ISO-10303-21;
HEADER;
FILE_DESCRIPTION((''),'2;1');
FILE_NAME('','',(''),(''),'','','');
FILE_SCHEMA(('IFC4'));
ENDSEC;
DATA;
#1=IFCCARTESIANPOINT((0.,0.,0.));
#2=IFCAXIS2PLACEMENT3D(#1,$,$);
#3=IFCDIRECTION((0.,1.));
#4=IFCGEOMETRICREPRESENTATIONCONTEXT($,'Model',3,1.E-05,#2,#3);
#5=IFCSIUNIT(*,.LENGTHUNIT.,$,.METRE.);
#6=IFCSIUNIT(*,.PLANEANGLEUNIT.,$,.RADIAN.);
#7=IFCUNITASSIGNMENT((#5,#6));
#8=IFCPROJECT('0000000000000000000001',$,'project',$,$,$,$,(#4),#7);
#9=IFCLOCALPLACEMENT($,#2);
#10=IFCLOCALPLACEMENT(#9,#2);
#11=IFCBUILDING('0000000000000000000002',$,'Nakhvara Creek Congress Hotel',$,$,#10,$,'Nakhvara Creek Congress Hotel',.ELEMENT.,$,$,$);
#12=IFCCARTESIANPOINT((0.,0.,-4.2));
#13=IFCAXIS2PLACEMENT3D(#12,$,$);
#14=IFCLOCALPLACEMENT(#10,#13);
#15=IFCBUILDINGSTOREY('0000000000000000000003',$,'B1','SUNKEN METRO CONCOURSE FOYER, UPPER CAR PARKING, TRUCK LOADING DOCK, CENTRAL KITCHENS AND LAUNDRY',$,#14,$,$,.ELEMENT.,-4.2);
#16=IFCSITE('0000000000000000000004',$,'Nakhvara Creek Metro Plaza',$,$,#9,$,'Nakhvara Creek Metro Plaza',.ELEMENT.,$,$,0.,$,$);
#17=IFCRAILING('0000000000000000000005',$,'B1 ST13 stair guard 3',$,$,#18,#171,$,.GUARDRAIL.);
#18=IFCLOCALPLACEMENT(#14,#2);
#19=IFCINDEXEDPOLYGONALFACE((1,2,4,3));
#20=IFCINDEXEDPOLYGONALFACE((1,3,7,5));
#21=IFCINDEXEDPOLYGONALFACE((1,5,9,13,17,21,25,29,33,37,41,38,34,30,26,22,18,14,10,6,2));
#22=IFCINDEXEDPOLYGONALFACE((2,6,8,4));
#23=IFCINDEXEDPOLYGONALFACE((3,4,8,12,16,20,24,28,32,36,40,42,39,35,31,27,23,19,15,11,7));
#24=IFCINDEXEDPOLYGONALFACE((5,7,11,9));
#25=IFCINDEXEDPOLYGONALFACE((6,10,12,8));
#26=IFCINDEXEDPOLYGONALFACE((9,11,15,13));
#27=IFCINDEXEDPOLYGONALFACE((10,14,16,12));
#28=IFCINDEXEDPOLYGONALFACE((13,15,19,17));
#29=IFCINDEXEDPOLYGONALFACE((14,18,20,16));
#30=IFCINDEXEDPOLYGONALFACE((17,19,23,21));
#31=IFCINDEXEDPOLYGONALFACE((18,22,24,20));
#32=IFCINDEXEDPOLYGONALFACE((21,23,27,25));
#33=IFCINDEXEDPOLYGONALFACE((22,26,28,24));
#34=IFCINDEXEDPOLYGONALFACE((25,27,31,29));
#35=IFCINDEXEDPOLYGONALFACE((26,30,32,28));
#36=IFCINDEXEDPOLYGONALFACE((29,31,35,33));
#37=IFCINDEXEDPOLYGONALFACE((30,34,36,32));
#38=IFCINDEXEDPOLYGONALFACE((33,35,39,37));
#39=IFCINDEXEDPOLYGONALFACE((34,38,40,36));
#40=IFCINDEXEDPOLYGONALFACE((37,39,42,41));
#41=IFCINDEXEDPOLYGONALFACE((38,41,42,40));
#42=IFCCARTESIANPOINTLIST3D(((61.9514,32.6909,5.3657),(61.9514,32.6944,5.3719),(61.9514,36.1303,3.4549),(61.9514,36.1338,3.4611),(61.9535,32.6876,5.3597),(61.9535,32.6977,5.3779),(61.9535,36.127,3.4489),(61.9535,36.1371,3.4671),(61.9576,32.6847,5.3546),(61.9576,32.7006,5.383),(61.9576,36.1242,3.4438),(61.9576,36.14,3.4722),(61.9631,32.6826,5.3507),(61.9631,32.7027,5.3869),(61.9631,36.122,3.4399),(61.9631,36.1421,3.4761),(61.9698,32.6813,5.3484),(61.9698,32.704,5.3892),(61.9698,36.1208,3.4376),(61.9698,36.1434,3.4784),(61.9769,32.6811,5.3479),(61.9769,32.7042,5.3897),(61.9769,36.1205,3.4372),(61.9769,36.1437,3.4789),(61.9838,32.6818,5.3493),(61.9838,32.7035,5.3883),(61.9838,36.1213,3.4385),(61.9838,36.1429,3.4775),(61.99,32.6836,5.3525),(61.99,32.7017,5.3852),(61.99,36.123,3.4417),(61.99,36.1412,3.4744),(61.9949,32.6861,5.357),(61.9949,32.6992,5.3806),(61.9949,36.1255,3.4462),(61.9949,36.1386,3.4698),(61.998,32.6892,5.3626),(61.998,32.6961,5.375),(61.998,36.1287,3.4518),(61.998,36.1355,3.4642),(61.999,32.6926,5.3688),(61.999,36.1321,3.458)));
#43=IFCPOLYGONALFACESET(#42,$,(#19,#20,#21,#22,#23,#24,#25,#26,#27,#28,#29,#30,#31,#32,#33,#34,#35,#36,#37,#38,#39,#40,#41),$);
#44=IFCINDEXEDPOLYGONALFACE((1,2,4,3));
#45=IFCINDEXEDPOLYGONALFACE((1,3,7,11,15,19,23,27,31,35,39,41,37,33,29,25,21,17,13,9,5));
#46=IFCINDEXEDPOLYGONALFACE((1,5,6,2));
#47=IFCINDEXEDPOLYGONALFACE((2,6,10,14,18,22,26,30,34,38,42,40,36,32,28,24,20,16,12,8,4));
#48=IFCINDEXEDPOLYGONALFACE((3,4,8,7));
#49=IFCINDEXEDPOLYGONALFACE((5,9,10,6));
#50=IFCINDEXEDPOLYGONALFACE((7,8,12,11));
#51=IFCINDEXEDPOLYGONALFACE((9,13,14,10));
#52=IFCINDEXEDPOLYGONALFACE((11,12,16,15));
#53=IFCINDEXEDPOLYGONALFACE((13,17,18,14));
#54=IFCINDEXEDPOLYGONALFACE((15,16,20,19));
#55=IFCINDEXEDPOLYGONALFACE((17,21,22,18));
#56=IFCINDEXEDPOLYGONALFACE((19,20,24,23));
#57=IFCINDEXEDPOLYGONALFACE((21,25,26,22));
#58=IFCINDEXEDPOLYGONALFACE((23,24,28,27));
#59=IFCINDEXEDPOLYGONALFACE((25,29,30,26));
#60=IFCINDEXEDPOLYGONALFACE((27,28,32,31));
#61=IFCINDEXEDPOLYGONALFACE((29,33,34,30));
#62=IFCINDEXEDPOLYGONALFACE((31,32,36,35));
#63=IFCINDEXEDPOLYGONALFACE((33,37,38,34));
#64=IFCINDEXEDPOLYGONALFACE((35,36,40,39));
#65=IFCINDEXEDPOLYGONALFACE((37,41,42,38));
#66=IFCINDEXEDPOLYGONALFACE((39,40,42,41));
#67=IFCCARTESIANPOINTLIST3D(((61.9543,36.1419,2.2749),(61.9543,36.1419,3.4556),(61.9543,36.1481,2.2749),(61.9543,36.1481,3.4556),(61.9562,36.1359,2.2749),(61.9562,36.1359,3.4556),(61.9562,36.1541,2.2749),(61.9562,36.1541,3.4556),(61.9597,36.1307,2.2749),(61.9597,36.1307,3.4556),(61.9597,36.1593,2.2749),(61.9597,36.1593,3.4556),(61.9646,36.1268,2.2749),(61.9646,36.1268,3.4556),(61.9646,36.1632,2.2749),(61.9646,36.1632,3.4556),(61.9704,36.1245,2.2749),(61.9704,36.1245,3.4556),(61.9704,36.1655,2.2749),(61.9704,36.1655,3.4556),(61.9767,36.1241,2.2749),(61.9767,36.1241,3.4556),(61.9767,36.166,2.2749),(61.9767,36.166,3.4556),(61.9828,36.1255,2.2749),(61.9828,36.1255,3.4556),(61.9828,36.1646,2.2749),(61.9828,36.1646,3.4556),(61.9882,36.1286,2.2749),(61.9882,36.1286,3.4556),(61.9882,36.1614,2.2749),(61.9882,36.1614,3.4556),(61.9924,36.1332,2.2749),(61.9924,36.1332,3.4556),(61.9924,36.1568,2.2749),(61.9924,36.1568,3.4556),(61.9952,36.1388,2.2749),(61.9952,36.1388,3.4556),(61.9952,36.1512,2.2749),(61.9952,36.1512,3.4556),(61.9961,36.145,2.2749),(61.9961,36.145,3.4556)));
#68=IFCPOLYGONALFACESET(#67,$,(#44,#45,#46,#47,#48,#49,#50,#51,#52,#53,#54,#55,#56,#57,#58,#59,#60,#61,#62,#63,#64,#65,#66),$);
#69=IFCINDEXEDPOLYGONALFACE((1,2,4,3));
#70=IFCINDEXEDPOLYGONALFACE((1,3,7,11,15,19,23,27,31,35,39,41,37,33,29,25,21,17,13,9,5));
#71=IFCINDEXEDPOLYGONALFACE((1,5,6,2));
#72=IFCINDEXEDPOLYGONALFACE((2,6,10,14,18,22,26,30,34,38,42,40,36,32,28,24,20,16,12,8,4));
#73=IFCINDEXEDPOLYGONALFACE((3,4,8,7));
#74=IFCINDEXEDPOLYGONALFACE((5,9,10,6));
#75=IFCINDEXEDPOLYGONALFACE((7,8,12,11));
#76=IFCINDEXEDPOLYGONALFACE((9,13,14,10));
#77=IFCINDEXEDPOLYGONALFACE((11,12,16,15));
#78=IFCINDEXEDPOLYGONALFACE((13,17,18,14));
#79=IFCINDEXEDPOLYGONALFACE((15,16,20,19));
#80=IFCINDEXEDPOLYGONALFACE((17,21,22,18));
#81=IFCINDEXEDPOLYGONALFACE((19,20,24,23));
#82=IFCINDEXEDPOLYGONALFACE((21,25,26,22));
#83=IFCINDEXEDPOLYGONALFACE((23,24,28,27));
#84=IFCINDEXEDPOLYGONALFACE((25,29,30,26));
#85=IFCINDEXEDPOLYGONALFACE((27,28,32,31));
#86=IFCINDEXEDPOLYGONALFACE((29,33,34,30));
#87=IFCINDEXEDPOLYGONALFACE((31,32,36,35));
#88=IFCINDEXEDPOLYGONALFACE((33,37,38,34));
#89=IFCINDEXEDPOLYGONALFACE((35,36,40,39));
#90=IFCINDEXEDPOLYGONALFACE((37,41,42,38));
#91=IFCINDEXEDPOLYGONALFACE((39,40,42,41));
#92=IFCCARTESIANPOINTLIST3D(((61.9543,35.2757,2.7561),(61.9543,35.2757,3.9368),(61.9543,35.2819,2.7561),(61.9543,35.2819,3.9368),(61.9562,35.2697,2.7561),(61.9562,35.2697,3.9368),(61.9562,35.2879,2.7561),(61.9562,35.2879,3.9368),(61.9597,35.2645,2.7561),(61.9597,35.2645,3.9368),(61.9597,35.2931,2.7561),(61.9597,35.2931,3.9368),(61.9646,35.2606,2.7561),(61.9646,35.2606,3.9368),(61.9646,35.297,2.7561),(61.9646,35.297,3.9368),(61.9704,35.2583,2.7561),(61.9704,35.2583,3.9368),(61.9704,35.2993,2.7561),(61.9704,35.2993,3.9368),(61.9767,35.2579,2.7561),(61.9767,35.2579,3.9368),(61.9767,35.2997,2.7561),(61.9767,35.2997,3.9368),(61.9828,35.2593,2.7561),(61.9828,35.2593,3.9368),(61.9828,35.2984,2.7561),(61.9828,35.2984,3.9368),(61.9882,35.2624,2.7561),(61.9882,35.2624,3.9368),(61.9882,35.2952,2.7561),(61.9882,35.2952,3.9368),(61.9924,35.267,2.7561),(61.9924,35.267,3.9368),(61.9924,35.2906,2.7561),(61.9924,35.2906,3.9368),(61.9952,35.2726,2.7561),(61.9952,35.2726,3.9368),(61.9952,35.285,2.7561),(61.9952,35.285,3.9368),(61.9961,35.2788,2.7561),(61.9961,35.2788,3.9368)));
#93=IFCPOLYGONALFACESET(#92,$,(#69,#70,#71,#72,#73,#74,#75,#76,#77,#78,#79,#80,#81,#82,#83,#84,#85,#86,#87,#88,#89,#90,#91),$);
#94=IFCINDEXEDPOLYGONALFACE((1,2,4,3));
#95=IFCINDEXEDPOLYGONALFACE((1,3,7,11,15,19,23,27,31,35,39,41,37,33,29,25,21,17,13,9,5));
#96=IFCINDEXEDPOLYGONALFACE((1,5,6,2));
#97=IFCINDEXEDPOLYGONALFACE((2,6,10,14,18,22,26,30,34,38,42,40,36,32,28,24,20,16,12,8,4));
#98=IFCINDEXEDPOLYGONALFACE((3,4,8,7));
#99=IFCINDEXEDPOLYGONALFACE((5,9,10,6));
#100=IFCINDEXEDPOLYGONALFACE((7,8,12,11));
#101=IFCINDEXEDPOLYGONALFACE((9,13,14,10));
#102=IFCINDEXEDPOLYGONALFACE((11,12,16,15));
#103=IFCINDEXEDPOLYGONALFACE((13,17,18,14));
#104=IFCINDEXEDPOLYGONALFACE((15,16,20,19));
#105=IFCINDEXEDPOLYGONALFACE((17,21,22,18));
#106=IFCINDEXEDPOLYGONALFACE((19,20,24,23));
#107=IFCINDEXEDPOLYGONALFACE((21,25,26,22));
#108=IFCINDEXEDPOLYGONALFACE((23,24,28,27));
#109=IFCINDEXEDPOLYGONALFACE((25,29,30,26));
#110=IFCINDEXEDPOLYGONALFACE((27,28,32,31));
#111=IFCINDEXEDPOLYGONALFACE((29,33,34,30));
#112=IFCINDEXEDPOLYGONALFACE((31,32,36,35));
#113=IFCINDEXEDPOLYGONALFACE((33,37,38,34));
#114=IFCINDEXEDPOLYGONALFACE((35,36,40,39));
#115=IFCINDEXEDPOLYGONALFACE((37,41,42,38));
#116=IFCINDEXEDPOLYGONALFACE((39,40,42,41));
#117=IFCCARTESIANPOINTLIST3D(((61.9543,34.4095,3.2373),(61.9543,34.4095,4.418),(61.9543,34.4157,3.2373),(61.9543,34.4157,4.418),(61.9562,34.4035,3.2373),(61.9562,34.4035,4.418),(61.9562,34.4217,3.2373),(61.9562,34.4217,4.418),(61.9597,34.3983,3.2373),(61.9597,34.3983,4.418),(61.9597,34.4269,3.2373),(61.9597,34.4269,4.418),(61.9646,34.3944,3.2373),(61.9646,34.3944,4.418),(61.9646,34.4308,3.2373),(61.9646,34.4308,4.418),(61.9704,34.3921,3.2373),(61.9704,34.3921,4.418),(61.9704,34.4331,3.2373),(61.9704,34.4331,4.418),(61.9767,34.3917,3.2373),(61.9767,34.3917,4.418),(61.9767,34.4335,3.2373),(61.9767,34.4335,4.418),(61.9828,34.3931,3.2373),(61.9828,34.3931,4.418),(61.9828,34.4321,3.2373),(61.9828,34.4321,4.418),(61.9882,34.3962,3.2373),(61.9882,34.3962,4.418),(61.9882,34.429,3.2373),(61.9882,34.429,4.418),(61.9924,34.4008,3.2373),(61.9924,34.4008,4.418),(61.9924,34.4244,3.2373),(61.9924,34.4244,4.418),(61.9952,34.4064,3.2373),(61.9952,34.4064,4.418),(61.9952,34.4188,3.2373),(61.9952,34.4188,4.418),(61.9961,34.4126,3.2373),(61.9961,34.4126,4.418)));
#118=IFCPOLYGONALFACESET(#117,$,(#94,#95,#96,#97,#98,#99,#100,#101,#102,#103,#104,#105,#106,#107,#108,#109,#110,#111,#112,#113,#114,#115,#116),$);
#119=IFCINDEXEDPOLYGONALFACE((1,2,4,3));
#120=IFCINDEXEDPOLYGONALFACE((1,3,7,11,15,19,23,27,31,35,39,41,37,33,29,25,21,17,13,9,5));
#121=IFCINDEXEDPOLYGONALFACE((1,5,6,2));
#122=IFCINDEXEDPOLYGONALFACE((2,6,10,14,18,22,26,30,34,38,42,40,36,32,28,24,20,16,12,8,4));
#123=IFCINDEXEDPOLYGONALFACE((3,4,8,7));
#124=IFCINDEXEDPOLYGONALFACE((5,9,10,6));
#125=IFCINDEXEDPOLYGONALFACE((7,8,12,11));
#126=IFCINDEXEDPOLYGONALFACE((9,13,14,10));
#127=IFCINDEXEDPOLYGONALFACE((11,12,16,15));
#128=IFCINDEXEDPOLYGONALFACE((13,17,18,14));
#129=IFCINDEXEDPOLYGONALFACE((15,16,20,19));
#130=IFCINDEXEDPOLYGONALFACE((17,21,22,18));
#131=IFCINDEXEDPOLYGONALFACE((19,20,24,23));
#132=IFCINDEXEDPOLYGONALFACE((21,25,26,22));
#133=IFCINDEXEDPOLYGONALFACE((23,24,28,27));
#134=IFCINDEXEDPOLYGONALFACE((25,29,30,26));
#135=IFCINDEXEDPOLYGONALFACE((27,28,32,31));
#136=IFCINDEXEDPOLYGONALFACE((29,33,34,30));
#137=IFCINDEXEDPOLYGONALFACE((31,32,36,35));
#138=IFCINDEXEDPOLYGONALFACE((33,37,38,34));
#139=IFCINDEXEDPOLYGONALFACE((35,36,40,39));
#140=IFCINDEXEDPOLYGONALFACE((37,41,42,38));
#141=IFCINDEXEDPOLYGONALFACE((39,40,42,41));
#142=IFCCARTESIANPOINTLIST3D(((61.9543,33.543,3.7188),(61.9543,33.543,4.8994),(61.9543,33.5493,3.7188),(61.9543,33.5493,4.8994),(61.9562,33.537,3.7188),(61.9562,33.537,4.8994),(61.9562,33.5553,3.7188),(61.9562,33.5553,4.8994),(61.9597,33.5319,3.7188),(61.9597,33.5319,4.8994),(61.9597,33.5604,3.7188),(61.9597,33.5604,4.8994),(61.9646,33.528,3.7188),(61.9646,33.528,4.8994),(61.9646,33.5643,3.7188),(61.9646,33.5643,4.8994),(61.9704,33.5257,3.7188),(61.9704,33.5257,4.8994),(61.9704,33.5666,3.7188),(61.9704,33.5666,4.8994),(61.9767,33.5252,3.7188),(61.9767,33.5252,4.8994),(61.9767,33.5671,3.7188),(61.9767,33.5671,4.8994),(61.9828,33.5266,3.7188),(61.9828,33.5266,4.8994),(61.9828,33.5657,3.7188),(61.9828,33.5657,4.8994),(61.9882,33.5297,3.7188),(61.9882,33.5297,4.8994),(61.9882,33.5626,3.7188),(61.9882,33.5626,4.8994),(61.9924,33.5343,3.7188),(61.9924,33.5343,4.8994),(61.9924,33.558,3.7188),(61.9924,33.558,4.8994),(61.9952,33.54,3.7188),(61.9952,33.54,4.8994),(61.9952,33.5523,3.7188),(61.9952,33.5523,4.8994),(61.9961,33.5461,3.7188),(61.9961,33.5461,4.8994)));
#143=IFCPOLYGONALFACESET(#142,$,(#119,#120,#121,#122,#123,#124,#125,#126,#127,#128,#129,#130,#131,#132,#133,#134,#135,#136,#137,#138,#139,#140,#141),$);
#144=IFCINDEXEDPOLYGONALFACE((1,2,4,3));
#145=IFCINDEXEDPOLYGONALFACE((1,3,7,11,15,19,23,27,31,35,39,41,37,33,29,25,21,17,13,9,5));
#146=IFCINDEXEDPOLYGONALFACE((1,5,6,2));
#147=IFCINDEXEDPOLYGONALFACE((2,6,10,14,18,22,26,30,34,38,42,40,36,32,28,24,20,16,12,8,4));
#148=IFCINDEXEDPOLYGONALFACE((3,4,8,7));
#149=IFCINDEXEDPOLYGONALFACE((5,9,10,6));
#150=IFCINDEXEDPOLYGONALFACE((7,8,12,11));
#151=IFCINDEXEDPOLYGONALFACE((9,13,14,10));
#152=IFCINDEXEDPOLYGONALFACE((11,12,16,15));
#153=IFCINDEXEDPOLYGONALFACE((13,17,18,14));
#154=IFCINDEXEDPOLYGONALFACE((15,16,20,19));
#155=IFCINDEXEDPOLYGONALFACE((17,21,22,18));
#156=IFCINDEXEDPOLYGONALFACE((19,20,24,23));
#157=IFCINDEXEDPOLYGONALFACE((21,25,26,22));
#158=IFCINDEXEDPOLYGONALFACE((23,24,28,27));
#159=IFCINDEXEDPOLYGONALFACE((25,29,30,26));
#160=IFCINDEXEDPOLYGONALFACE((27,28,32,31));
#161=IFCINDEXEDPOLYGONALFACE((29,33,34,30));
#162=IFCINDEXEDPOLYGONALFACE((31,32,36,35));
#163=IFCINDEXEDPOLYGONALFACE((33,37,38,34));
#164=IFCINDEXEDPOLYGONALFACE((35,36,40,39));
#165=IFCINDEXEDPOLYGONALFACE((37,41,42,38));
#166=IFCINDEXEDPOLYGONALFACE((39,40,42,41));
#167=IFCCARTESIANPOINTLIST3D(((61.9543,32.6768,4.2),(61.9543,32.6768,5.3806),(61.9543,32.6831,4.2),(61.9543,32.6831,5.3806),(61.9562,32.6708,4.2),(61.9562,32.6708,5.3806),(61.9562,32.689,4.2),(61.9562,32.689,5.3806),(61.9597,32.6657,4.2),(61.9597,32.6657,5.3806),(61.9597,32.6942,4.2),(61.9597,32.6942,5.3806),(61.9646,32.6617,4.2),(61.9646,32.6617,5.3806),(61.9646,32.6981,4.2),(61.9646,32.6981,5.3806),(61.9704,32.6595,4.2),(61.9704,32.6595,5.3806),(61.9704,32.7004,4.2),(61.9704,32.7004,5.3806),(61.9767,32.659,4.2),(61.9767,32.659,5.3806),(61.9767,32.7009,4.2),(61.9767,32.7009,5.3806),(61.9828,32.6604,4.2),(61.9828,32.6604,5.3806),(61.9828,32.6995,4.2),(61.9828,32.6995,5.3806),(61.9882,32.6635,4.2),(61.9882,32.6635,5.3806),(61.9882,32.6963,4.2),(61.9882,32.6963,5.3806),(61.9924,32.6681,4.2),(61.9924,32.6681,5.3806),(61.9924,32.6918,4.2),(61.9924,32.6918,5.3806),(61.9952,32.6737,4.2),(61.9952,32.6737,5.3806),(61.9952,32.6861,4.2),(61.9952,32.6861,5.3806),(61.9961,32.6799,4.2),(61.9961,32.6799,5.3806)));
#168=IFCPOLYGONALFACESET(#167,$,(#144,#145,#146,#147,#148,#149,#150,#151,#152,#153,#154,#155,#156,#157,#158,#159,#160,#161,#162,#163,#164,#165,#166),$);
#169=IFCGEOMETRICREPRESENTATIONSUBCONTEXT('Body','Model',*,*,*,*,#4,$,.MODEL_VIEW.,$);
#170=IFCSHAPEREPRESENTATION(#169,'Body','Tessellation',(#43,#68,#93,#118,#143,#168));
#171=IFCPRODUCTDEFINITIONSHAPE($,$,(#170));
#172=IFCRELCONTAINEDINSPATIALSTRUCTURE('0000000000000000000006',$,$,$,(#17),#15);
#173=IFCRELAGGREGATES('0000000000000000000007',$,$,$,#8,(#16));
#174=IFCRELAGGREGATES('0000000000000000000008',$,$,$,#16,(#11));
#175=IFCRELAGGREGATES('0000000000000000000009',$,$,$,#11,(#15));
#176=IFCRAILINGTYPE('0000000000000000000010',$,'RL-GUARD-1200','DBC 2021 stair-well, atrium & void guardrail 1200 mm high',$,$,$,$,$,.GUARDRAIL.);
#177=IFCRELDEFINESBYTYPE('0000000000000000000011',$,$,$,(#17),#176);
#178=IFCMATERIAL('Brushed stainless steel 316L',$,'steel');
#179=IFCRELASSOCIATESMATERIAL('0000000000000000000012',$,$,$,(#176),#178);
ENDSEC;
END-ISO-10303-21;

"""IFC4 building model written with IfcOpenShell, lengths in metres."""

from ifc_helpers import new_model, si_unit, direction, frame, origin, origin_2d, place, context, subcontext, project, spatial, circle, extrude, material, type_object, element, save


model = new_model("IFC4")

# Units and contexts
model_context = context("Model", 3, precision=1e-05, world=origin(), true_north=direction((0.0, 1.0)))
body_context = subcontext(model_context, "Body", "Model", "MODEL_VIEW")
ifc_project = project(units=[si_unit("LENGTHUNIT", "METRE"), si_unit("PLANEANGLEUNIT", "RADIAN")], contexts=[model_context])

# Site, building, storey
site_placement = place(None, origin())
site = spatial("IfcSite", under=ifc_project, at=site_placement, Name="Nakhvara Creek Metro Plaza", LongName="Nakhvara Creek Metro Plaza", CompositionType="ELEMENT", RefElevation=0.0)
building_placement = place(site_placement, origin())
building = spatial("IfcBuilding", under=site, at=building_placement, Name="Nakhvara Creek Congress Hotel", LongName="Nakhvara Creek Congress Hotel", CompositionType="ELEMENT")
storey_placement = place(building_placement, frame((0.0, 0.0, -4.2)))
storey = spatial("IfcBuildingStorey", under=building, at=storey_placement, Name="B1", Description="SUNKEN METRO CONCOURSE FOYER, UPPER CAR PARKING, TRUCK LOADING DOCK, CENTRAL KITCHENS AND LAUNDRY", CompositionType="ELEMENT", Elevation=-4.2)

# Railing
ifc_material_1 = material(Name="Brushed stainless steel 316L", Category="steel")
railing_type_1 = type_object("IfcRailingType", Name="RL-GUARD-1200", Description="DBC 2021 stair-well, atrium & void guardrail 1200 mm high", PredefinedType="GUARDRAIL", material=ifc_material_1)
railing_1_placement = place(storey_placement, frame((61.9751, 36.145, 2.2749)))
element("IfcRailing", 1, at=railing_1_placement, inside=storey, type_object=railing_type_1, Name="B1 ST13 stair guard 3", PredefinedType="GUARDRAIL", context=body_context, shape_type="SweptSolid", body=[
    extrude(circle(Radius=0.0239, at=origin_2d()), frame((0.0, -0.0129, 1.1831), z_axis=(0.0, -0.874157, 0.485643), x_axis=(1.0, 0.0, 0.0)), (0.0, 0.0, 1.0), 3.9346),
    extrude(circle(Radius=0.021, at=origin_2d()), origin(), (0.0, 0.0, 1.0), 1.1807),
    extrude(circle(Radius=0.021, at=origin_2d()), frame((0.0, -0.8662, 0.4812)), (0.0, 0.0, 1.0), 1.1807),
    extrude(circle(Radius=0.021, at=origin_2d()), frame((0.0, -1.7324, 0.9624)), (0.0, 0.0, 1.0), 1.1807),
    extrude(circle(Radius=0.021, at=origin_2d()), frame((0.0, -2.5989, 1.4438)), (0.0, 0.0, 1.0), 1.1807),
    extrude(circle(Radius=0.021, at=origin_2d()), frame((0.0, -3.4651, 1.925)), (0.0, 0.0, 1.0), 1.1807),
])

save(model, "model.ifc")
